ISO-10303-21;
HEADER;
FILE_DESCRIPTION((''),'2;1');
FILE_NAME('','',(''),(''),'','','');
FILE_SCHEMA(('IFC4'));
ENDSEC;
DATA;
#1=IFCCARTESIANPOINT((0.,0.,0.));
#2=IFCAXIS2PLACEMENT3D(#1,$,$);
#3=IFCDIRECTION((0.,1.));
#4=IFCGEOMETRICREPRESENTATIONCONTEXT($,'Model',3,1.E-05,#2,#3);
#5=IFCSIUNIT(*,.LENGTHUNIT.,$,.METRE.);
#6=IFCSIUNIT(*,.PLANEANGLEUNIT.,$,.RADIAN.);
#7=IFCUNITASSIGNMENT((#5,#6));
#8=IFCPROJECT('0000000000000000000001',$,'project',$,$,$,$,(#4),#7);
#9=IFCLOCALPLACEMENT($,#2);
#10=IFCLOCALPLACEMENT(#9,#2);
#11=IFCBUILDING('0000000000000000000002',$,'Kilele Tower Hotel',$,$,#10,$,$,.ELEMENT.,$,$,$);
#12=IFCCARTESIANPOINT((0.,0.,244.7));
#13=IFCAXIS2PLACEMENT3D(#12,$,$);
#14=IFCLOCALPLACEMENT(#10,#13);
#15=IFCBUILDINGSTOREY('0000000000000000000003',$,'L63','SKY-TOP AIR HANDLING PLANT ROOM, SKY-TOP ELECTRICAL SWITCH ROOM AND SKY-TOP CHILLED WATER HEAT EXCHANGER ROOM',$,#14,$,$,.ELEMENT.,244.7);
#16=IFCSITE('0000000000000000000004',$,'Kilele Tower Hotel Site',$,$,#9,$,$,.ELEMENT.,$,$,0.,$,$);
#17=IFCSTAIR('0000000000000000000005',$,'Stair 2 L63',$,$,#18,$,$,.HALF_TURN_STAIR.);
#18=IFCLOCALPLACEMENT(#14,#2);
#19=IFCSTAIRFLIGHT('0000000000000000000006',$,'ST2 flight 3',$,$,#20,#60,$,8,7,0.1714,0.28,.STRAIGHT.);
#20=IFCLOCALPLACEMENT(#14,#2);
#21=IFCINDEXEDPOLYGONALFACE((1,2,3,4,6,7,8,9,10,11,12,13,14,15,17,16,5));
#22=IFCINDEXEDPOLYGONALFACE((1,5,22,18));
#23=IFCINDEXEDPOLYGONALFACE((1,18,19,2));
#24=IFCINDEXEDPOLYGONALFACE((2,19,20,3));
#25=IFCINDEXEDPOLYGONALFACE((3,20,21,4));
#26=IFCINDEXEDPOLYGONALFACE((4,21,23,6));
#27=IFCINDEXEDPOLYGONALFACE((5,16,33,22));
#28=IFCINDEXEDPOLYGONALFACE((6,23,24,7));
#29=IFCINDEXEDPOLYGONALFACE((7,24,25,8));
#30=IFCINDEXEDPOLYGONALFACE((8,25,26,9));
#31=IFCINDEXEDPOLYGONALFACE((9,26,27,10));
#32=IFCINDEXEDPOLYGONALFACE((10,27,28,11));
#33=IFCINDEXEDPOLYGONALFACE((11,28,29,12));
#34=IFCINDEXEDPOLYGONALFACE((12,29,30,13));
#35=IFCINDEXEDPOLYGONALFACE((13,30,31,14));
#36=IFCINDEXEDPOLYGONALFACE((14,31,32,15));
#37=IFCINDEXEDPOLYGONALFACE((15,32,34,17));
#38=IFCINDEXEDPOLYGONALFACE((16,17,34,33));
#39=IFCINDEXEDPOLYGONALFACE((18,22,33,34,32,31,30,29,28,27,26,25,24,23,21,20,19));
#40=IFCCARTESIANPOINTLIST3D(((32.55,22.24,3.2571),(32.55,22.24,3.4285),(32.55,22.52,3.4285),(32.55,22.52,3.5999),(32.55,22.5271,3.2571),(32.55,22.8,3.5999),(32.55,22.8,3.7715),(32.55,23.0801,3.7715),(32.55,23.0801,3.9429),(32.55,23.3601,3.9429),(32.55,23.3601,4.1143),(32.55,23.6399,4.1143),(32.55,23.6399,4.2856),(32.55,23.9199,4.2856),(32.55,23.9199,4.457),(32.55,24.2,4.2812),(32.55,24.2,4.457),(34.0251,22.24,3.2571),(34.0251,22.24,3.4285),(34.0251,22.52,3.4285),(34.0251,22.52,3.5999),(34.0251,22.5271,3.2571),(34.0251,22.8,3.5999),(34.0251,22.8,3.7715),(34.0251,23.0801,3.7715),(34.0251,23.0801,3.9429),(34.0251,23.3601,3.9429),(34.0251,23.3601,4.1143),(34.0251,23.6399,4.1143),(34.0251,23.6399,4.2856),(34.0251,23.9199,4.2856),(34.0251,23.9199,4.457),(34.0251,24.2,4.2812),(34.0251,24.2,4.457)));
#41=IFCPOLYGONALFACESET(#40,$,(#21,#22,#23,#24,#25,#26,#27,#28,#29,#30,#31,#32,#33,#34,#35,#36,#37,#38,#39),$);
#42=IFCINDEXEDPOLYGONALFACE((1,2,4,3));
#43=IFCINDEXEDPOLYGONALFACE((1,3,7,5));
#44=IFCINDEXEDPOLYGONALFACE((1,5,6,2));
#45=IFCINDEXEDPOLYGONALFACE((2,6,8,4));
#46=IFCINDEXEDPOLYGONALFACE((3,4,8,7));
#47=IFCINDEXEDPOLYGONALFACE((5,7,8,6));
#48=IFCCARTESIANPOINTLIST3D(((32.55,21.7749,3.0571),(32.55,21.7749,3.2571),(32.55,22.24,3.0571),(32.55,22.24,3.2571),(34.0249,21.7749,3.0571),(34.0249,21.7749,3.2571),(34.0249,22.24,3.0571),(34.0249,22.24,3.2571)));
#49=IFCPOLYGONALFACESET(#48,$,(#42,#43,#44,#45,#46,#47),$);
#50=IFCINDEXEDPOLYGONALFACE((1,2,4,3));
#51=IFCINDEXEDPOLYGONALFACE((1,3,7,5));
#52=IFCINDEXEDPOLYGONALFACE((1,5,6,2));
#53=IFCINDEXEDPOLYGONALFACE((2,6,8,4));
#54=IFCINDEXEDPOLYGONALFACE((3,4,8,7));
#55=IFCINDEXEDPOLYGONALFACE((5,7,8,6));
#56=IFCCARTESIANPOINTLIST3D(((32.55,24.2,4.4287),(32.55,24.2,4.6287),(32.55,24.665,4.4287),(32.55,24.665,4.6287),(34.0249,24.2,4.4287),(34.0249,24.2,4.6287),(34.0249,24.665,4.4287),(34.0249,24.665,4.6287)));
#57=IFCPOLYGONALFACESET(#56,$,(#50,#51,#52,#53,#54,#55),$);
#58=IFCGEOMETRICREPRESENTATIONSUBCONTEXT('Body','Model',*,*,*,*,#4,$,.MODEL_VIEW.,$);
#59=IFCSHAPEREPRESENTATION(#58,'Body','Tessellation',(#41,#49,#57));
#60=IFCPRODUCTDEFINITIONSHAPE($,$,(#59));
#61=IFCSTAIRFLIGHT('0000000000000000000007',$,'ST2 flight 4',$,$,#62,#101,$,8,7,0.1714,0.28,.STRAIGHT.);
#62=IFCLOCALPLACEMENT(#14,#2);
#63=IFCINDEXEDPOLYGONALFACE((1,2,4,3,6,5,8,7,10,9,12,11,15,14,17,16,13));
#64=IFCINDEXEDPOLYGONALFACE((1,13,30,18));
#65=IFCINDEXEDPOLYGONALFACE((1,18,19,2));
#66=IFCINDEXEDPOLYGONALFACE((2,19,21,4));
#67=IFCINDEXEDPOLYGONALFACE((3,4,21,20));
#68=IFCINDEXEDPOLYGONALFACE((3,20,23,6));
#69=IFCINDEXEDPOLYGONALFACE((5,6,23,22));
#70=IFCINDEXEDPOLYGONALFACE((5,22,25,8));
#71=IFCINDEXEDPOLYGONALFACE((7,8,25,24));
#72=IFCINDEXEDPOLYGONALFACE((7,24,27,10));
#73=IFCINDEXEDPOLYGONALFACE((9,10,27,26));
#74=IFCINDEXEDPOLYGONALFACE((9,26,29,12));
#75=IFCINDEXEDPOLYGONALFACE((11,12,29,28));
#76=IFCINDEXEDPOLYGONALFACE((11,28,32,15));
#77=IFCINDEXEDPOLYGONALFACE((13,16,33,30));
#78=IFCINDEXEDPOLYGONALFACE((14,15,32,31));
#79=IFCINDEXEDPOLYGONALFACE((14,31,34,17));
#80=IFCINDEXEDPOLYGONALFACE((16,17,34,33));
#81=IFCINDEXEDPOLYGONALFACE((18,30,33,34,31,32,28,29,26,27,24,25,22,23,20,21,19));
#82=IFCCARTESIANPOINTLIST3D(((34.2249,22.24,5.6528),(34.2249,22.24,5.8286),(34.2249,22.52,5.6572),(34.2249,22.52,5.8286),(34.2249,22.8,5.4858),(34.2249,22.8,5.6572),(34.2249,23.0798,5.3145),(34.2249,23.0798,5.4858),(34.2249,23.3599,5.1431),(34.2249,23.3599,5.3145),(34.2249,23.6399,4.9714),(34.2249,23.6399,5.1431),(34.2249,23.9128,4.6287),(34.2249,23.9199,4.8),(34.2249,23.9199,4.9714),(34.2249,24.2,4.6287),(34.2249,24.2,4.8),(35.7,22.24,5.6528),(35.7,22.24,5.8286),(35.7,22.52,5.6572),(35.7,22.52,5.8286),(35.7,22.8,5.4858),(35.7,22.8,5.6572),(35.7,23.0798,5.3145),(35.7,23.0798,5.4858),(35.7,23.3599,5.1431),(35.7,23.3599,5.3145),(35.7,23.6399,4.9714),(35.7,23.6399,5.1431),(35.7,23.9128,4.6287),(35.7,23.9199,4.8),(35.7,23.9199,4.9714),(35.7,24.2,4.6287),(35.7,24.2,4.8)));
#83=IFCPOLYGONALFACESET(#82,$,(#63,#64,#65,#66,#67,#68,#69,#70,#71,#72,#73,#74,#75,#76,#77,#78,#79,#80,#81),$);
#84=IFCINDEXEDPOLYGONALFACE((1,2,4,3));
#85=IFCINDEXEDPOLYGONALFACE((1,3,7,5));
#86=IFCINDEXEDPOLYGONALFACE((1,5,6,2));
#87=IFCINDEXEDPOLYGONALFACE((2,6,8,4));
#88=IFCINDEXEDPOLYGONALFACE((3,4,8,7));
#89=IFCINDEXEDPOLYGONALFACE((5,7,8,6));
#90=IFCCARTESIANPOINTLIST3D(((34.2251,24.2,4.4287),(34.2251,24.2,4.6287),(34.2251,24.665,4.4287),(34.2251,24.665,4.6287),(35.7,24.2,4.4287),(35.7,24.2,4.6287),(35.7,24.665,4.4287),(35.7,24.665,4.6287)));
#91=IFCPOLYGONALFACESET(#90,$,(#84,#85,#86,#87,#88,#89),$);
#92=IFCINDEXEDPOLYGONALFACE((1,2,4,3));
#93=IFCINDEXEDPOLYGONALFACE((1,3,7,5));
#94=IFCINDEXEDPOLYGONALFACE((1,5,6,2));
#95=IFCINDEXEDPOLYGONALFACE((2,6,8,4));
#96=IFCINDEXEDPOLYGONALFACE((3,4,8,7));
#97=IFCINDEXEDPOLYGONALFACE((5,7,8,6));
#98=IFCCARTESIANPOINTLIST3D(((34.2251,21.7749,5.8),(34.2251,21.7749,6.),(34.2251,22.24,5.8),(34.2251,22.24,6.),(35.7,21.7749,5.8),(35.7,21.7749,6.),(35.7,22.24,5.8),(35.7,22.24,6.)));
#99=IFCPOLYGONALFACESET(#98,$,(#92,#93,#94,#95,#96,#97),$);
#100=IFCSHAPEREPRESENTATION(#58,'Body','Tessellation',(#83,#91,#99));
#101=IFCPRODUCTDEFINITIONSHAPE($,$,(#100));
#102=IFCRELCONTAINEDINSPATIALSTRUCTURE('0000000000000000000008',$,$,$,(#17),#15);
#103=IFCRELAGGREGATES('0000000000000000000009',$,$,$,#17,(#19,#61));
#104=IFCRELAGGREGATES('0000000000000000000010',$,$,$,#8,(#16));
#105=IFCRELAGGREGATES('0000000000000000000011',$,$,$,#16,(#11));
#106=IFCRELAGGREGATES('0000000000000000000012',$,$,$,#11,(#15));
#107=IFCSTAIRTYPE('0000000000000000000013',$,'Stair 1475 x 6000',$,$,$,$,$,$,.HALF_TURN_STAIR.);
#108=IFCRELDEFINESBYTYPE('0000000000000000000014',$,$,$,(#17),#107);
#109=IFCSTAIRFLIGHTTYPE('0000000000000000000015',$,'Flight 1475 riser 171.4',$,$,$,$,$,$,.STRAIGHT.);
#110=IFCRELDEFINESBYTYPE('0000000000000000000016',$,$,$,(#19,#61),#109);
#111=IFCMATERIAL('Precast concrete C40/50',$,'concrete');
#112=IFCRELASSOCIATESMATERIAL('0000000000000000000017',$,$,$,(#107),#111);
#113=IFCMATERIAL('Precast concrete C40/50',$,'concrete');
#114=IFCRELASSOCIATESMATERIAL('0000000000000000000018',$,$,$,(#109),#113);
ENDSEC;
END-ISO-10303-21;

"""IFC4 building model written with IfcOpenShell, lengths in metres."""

from ifc_helpers import new_model, si_unit, direction, frame, origin, place, context, subcontext, project, spatial, polyline, outline, extrude, material, type_object, element, aggregate, save


model = new_model("IFC4")

# Units and contexts
model_context = context("Model", 3, precision=1e-05, world=origin(), true_north=direction((0.0, 1.0)))
body_context = subcontext(model_context, "Body", "Model", "MODEL_VIEW")
ifc_project = project(units=[si_unit("LENGTHUNIT", "METRE"), si_unit("PLANEANGLEUNIT", "RADIAN")], contexts=[model_context])

# Site, building, storey
site_placement = place(None, origin())
site = spatial("IfcSite", under=ifc_project, at=site_placement, Name="Kilele Tower Hotel Site", CompositionType="ELEMENT", RefElevation=0.0)
building_placement = place(site_placement, origin())
building = spatial("IfcBuilding", under=site, at=building_placement, Name="Kilele Tower Hotel", CompositionType="ELEMENT")
storey_placement = place(building_placement, frame((0.0, 0.0, 244.7)))
storey = spatial("IfcBuildingStorey", under=building, at=storey_placement, Name="L63", Description="SKY-TOP AIR HANDLING PLANT ROOM, SKY-TOP ELECTRICAL SWITCH ROOM AND SKY-TOP CHILLED WATER HEAT EXCHANGER ROOM", CompositionType="ELEMENT", Elevation=244.7)

# Stair, stair flights
ifc_material_1 = material(Name="Precast concrete C40/50", Category="concrete")
stair_type = type_object("IfcStairType", Name="Stair 1475 x 6000", PredefinedType="HALF_TURN_STAIR", material=ifc_material_1)
stair_placement = place(storey_placement, origin())
stair = element("IfcStair", 1, at=stair_placement, inside=storey, type_object=stair_type, Name="Stair 2 L63", PredefinedType="HALF_TURN_STAIR")
ifc_material_2 = material(Name="Precast concrete C40/50", Category="concrete")
stair_flight_type = type_object("IfcStairFlightType", Name="Flight 1475 riser 171.4", PredefinedType="STRAIGHT", material=ifc_material_2)
stair_flight_1_placement = place(storey_placement, frame((33.2876, 22.24, 3.2571), z_axis=(0.0, 0.0, 1.0), x_axis=(0.0, 1.0, 0.0)))
stair_flight_1 = element("IfcStairFlight", 2, at=stair_flight_1_placement, type_object=stair_flight_type, Name="ST2 flight 3", NumberOfRisers=8, NumberOfTreads=7, PredefinedType="STRAIGHT", RiserHeight=0.1714, TreadLength=0.28, context=body_context, shape_type="SweptSolid", body=[
    extrude(outline(polyline([(0.0, 0.0), (0.0, 0.1714), (0.28, 0.1714), (0.28, 0.3428), (0.5601, 0.3428), (0.5601, 0.5144), (0.8401, 0.5144), (0.8401, 0.6858), (1.1201, 0.6858), (1.1201, 0.8572), (1.3999, 0.8572), (1.3999, 1.0286), (1.6799, 1.0286), (1.6799, 1.2), (1.96, 1.2), (1.96, 1.3713), (1.96, 1.0242), (0.2871, 0.0), (0.0, 0.0)])), frame((0.0, 0.7375, 0.0), z_axis=(0.0, -1.0, 0.0), x_axis=(1.0, 0.0, 0.0)), (0.0, 0.0, 1.0), 1.4751),
    extrude(outline(polyline([(-0.4651, 0.7375), (-0.4651, -0.7373), (0.0, -0.7373), (0.0, 0.7375), (-0.4651, 0.7375)])), frame((0.0, 0.0, -0.2)), (0.0, 0.0, 1.0), 0.2),
    extrude(outline(polyline([(1.96, 0.7375), (1.96, -0.7373), (2.425, -0.7373), (2.425, 0.7375), (1.96, 0.7375)])), frame((0.0, 0.0, 1.1716)), (0.0, 0.0, 1.0), 0.2),
])
stair_flight_2_placement = place(storey_placement, frame((34.9624, 24.2, 4.6287), z_axis=(0.0, 0.0, 1.0), x_axis=(0.0, -1.0, 0.0)))
stair_flight_2 = element("IfcStairFlight", 3, at=stair_flight_2_placement, type_object=stair_flight_type, Name="ST2 flight 4", NumberOfRisers=8, NumberOfTreads=7, PredefinedType="STRAIGHT", RiserHeight=0.1714, TreadLength=0.28, context=body_context, shape_type="SweptSolid", body=[
    extrude(outline(polyline([(0.0, 0.0), (0.0, 0.1714), (0.28, 0.1714), (0.28, 0.3428), (0.5601, 0.3428), (0.5601, 0.5144), (0.8401, 0.5144), (0.8401, 0.6858), (1.1201, 0.6858), (1.1201, 0.8572), (1.3999, 0.8572), (1.3999, 1.0286), (1.6799, 1.0286), (1.6799, 1.2), (1.96, 1.2), (1.96, 1.3713), (1.96, 1.0242), (0.2871, 0.0), (0.0, 0.0)])), frame((0.0, 0.7375, 0.0), z_axis=(0.0, -1.0, 0.0), x_axis=(1.0, 0.0, 0.0)), (0.0, 0.0, 1.0), 1.4751),
    extrude(outline(polyline([(0.0, -0.7373), (0.0, 0.7375), (-0.4651, 0.7375), (-0.4651, -0.7373), (0.0, -0.7373)])), frame((0.0, 0.0, -0.2)), (0.0, 0.0, 1.0), 0.2),
    extrude(outline(polyline([(2.425, -0.7373), (2.425, 0.7375), (1.96, 0.7375), (1.96, -0.7373), (2.425, -0.7373)])), frame((0.0, 0.0, 1.1714)), (0.0, 0.0, 1.0), 0.2),
])
aggregate(stair, [stair_flight_1, stair_flight_2])

save(model, "model.ifc")
